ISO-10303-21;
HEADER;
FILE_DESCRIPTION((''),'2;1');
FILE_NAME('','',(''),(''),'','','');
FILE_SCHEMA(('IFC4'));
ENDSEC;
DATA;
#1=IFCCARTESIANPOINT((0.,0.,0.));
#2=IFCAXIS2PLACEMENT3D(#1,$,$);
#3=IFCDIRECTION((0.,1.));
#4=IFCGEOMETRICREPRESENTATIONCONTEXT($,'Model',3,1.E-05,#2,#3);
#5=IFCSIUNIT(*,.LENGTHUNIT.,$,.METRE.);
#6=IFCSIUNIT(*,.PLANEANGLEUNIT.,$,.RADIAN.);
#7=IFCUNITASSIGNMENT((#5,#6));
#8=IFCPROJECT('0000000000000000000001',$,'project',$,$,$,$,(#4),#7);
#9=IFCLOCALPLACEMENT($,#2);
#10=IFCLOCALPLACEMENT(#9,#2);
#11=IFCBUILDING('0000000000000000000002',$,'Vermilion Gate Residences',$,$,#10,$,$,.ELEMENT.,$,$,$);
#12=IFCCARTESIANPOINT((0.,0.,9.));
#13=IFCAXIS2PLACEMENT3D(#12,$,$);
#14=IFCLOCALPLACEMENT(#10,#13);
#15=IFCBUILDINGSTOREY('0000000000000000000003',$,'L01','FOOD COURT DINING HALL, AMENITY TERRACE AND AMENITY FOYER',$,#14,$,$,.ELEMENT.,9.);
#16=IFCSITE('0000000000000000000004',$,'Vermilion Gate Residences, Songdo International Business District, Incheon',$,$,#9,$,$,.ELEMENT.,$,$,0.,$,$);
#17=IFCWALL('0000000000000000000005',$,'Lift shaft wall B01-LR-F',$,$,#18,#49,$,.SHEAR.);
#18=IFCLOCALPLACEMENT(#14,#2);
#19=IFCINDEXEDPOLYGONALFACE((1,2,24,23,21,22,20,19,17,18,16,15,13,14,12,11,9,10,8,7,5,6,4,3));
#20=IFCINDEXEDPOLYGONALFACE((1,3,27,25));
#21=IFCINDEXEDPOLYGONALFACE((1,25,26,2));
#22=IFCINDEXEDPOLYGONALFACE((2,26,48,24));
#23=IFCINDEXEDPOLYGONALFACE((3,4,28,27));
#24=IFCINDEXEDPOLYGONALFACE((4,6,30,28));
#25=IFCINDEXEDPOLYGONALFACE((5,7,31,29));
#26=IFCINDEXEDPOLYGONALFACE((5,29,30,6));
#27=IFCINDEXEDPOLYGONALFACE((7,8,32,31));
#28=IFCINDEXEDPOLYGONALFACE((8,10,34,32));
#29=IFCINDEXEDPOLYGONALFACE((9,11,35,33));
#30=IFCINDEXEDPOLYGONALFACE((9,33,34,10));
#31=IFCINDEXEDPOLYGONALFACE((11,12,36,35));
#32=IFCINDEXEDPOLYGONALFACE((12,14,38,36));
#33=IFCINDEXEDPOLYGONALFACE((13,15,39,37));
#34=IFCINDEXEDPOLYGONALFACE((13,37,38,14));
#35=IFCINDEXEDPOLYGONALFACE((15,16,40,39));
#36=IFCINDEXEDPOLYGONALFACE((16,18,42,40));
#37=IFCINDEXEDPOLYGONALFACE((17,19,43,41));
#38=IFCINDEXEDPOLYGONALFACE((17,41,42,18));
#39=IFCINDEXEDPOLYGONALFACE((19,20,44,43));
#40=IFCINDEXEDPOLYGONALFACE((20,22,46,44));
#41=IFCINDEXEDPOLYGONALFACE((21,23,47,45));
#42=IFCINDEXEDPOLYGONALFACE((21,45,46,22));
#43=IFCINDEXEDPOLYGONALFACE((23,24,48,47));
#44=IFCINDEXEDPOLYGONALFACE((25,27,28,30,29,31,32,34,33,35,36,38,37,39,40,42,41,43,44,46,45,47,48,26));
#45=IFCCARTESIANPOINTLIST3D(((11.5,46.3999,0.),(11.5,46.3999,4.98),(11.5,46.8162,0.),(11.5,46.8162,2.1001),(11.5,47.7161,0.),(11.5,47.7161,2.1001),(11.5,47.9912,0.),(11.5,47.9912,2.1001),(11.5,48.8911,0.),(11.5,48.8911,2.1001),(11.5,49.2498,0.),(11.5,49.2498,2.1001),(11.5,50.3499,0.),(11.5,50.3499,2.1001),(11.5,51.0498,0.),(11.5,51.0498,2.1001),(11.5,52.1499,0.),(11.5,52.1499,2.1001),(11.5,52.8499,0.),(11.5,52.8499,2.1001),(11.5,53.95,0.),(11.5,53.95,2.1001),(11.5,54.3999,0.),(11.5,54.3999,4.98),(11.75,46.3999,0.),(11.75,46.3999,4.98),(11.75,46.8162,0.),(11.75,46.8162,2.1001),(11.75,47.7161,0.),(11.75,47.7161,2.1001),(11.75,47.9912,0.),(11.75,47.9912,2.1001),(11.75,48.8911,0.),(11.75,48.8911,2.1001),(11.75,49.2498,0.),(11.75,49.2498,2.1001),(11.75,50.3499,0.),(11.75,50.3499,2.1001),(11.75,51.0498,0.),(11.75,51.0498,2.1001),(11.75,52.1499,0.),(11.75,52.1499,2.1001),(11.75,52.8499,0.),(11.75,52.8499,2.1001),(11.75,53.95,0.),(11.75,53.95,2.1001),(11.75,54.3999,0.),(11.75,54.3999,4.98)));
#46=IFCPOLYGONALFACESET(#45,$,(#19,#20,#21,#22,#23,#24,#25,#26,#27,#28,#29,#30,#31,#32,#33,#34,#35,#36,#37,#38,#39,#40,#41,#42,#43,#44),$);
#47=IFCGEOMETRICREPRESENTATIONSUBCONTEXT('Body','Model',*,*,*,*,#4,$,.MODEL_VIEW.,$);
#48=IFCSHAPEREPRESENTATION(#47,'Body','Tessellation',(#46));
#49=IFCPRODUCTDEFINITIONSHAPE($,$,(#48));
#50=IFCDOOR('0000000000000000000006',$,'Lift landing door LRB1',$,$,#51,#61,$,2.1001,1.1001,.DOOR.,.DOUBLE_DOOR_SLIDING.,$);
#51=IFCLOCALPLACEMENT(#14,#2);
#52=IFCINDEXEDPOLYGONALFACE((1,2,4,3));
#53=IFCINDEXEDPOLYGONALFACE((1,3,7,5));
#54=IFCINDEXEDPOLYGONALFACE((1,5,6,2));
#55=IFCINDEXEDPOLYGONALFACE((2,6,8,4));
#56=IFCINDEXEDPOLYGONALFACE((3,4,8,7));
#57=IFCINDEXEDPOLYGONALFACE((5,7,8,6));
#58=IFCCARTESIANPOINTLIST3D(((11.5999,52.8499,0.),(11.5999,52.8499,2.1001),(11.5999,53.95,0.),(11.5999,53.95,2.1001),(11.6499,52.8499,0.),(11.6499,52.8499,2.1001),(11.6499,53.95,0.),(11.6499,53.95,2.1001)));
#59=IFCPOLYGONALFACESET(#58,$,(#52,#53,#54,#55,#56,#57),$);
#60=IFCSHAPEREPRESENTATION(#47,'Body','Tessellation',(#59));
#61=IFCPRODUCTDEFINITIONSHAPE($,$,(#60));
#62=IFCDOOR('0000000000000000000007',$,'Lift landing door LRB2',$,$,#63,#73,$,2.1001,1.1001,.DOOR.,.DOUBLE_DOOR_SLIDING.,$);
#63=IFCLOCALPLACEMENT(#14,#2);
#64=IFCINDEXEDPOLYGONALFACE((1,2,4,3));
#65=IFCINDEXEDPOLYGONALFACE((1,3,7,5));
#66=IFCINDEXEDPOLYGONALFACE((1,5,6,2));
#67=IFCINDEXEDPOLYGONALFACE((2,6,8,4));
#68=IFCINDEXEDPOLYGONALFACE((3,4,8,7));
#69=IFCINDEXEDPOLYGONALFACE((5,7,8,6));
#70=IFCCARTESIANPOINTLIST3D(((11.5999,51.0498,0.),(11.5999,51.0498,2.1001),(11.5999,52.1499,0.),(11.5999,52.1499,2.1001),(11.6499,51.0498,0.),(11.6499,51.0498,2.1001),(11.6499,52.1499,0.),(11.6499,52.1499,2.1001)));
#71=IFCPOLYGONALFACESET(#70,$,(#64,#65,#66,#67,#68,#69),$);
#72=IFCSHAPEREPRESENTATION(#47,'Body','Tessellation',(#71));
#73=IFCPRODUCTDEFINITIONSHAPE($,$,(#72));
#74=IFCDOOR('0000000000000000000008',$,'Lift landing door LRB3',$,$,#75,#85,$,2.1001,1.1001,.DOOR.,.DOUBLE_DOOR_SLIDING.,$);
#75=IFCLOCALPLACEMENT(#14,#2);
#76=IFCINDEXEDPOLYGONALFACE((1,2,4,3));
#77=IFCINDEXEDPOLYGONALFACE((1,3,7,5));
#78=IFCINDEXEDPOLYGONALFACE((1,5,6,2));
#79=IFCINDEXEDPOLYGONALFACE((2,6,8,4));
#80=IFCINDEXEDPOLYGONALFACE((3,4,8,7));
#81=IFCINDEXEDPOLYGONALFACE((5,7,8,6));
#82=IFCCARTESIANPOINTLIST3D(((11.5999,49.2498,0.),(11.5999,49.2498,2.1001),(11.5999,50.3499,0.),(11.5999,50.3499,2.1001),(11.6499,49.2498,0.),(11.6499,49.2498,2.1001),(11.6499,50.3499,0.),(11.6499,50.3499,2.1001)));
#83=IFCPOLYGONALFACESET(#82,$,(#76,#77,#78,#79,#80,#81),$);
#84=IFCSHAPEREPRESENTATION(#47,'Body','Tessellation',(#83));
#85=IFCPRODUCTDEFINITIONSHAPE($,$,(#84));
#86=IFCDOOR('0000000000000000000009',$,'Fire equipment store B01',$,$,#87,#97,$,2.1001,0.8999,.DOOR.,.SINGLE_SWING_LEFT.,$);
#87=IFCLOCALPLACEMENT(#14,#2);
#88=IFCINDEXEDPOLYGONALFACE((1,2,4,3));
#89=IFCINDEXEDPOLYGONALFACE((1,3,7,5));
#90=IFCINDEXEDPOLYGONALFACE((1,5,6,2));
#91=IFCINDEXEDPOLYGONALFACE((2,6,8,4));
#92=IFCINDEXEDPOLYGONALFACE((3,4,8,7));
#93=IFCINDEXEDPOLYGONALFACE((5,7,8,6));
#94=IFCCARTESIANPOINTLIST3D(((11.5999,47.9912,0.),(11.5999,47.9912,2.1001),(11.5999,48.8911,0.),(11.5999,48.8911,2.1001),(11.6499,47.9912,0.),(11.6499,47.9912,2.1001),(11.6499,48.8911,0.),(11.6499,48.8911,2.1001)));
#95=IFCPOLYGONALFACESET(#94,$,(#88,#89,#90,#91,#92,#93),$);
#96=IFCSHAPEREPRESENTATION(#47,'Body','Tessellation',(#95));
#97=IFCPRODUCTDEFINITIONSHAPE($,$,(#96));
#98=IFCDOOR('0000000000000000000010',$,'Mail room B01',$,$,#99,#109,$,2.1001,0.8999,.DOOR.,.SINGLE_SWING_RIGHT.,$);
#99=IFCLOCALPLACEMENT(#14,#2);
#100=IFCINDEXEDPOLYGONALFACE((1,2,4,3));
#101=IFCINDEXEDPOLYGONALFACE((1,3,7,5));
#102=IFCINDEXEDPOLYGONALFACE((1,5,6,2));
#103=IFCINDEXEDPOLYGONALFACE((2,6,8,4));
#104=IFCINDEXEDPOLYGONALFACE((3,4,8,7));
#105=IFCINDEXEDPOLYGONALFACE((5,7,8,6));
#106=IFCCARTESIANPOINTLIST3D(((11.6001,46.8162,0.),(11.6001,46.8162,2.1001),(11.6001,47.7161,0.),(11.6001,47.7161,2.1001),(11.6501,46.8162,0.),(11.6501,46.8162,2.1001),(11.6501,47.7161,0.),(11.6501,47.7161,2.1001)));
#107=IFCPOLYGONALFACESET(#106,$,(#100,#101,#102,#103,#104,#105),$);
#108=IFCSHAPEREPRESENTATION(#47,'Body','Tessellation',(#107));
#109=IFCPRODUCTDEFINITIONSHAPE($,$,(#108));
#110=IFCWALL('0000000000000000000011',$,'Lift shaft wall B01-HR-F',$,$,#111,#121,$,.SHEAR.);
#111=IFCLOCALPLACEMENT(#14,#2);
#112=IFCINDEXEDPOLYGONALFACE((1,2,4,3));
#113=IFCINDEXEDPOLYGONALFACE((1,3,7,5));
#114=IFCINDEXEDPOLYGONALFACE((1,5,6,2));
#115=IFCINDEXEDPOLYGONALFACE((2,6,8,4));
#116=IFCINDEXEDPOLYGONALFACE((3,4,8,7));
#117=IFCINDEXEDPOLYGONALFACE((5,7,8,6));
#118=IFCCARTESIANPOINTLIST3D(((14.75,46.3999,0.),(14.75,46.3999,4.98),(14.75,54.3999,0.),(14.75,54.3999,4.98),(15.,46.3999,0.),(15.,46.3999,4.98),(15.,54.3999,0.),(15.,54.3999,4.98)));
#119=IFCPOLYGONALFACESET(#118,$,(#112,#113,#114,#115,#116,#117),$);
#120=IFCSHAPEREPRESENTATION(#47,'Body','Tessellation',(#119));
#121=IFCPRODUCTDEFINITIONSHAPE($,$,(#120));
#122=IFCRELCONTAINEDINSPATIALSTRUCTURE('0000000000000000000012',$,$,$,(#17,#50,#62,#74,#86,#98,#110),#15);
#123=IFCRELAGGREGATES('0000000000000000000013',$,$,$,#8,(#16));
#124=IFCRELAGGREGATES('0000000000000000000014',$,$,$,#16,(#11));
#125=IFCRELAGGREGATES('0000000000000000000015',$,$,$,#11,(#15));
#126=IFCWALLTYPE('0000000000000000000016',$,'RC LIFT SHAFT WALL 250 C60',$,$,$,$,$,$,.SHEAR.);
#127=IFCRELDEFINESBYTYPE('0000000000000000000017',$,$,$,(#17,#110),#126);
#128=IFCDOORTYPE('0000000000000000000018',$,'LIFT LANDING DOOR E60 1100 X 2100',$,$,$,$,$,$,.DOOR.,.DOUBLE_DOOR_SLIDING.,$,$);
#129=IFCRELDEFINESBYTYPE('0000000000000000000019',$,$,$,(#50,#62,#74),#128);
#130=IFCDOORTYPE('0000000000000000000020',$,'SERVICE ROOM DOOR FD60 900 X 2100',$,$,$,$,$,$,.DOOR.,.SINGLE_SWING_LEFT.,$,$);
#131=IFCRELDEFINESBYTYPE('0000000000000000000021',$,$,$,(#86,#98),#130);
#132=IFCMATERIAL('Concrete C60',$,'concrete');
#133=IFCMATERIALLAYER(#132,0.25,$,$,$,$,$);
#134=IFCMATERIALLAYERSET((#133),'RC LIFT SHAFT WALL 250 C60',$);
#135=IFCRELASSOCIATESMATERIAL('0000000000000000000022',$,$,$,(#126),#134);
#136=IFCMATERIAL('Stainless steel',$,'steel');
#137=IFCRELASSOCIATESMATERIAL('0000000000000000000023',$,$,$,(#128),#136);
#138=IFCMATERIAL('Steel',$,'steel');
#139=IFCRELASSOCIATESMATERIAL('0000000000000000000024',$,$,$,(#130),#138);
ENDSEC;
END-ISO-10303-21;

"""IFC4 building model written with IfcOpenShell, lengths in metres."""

from ifc_helpers import new_model, si_unit, direction, frame, frame_2d, origin, place, context, subcontext, project, spatial, rectangle, extrude, material, layer, layer_set, type_object, element, fill, save


model = new_model("IFC4")

# Units and contexts
model_context = context("Model", 3, precision=1e-05, world=origin(), true_north=direction((0.0, 1.0)))
body_context = subcontext(model_context, "Body", "Model", "MODEL_VIEW")
ifc_project = project(units=[si_unit("LENGTHUNIT", "METRE"), si_unit("PLANEANGLEUNIT", "RADIAN")], contexts=[model_context])

# Site, building, storey
site_placement = place(None, origin())
site = spatial("IfcSite", under=ifc_project, at=site_placement, Name="Vermilion Gate Residences, Songdo International Business District, Incheon", CompositionType="ELEMENT", RefElevation=0.0)
building_placement = place(site_placement, origin())
building = spatial("IfcBuilding", under=site, at=building_placement, Name="Vermilion Gate Residences", CompositionType="ELEMENT")
storey_placement = place(building_placement, frame((0.0, 0.0, 9.0)))
storey = spatial("IfcBuildingStorey", under=building, at=storey_placement, Name="L01", Description="FOOD COURT DINING HALL, AMENITY TERRACE AND AMENITY FOYER", CompositionType="ELEMENT", Elevation=9.0)

# Wall, openings, doors
ifc_material_1 = material(Name="Concrete C60", Category="concrete")
ifc_layer_1 = layer(ifc_material_1, 0.25)
ifc_layer_set_1 = layer_set([ifc_layer_1], Name="RC LIFT SHAFT WALL 250 C60")
wall_type_1 = type_object("IfcWallType", Name="RC LIFT SHAFT WALL 250 C60", PredefinedType="SHEAR", material=ifc_layer_set_1)
wall_1_placement = place(storey_placement, frame((11.625, 54.3999, 0.0), z_axis=(0.0, 0.0, 1.0), x_axis=(0.0, -1.0, 0.0)))
wall_1 = element("IfcWall", 1, at=wall_1_placement, inside=storey, type_object=wall_type_1, Name="Lift shaft wall B01-LR-F", PredefinedType="SHEAR", context=body_context, shape_type="SweptSolid", body=[
    extrude(rectangle(XDim=8.0, YDim=0.25, at=frame_2d((4.0, 0.0))), origin(), (0.0, 0.0, 1.0), 4.98),
])
opening_1_placement = place(wall_1_placement, frame((0.45, 0.0, 0.0)))
opening_1 = element("IfcOpeningElement", 2, at=opening_1_placement, cuts=wall_1, PredefinedType="OPENING", context=body_context, shape_type="SweptSolid", body=[
    extrude(rectangle(XDim=1.1001, YDim=2.1001, at=frame_2d((0.55, 1.05))), frame((0.0, 0.135, 0.0), z_axis=(0.0, -1.0, 0.0), x_axis=(1.0, 0.0, 0.0)), (0.0, 0.0, 1.0), 0.27),
])
opening_2_placement = place(wall_1_placement, frame((2.25, 0.0, 0.0)))
opening_2 = element("IfcOpeningElement", 3, at=opening_2_placement, cuts=wall_1, PredefinedType="OPENING", context=body_context, shape_type="SweptSolid", body=[
    extrude(rectangle(XDim=1.1001, YDim=2.1001, at=frame_2d((0.55, 1.05))), frame((0.0, 0.135, 0.0), z_axis=(0.0, -1.0, 0.0), x_axis=(1.0, 0.0, 0.0)), (0.0, 0.0, 1.0), 0.27),
])
opening_3_placement = place(wall_1_placement, frame((4.05, 0.0, 0.0)))
opening_3 = element("IfcOpeningElement", 4, at=opening_3_placement, cuts=wall_1, PredefinedType="OPENING", context=body_context, shape_type="SweptSolid", body=[
    extrude(rectangle(XDim=1.1001, YDim=2.1001, at=frame_2d((0.55, 1.05))), frame((0.0, 0.135, 0.0), z_axis=(0.0, -1.0, 0.0), x_axis=(1.0, 0.0, 0.0)), (0.0, 0.0, 1.0), 0.27),
])
opening_4_placement = place(wall_1_placement, frame((5.5088, 0.0, 0.0)))
opening_4 = element("IfcOpeningElement", 5, at=opening_4_placement, cuts=wall_1, PredefinedType="OPENING", context=body_context, shape_type="SweptSolid", body=[
    extrude(rectangle(XDim=0.8999, YDim=2.1001, at=frame_2d((0.45, 1.05))), frame((0.0, 0.135, 0.0), z_axis=(0.0, -1.0, 0.0), x_axis=(1.0, 0.0, 0.0)), (0.0, 0.0, 1.0), 0.27),
])
opening_5_placement = place(wall_1_placement, frame((6.6838, 0.0, 0.0)))
opening_5 = element("IfcOpeningElement", 6, at=opening_5_placement, cuts=wall_1, PredefinedType="OPENING", context=body_context, shape_type="SweptSolid", body=[
    extrude(rectangle(XDim=0.8999, YDim=2.1001, at=frame_2d((0.45, 1.05))), frame((0.0, 0.135, 0.0), z_axis=(0.0, -1.0, 0.0), x_axis=(1.0, 0.0, 0.0)), (0.0, 0.0, 1.0), 0.27),
])
ifc_material_2 = material(Name="Stainless steel", Category="steel")
door_type_1 = type_object("IfcDoorType", Name="LIFT LANDING DOOR E60 1100 X 2100", OperationType="DOUBLE_DOOR_SLIDING", PredefinedType="DOOR", material=ifc_material_2)
door_1_placement = place(opening_1_placement, origin())
door_1 = element("IfcDoor", 7, at=door_1_placement, inside=storey, type_object=door_type_1, Name="Lift landing door LRB1", OperationType="DOUBLE_DOOR_SLIDING", OverallHeight=2.1001, OverallWidth=1.1001, PredefinedType="DOOR", context=body_context, shape_type="SweptSolid", body=[
    extrude(rectangle(XDim=1.1001, YDim=2.1001, at=frame_2d((0.55, 1.05))), frame((0.0, 0.0249, 0.0), z_axis=(0.0, -1.0, 0.0), x_axis=(1.0, 0.0, 0.0)), (0.0, 0.0, 1.0), 0.05),
])
fill(opening_1, door_1)
door_2_placement = place(opening_2_placement, origin())
door_2 = element("IfcDoor", 8, at=door_2_placement, inside=storey, type_object=door_type_1, Name="Lift landing door LRB2", OperationType="DOUBLE_DOOR_SLIDING", OverallHeight=2.1001, OverallWidth=1.1001, PredefinedType="DOOR", context=body_context, shape_type="SweptSolid", body=[
    extrude(rectangle(XDim=1.1001, YDim=2.1001, at=frame_2d((0.55, 1.05))), frame((0.0, 0.0249, 0.0), z_axis=(0.0, -1.0, 0.0), x_axis=(1.0, 0.0, 0.0)), (0.0, 0.0, 1.0), 0.05),
])
fill(opening_2, door_2)
door_3_placement = place(opening_3_placement, origin())
door_3 = element("IfcDoor", 9, at=door_3_placement, inside=storey, type_object=door_type_1, Name="Lift landing door LRB3", OperationType="DOUBLE_DOOR_SLIDING", OverallHeight=2.1001, OverallWidth=1.1001, PredefinedType="DOOR", context=body_context, shape_type="SweptSolid", body=[
    extrude(rectangle(XDim=1.1001, YDim=2.1001, at=frame_2d((0.55, 1.05))), frame((0.0, 0.0249, 0.0), z_axis=(0.0, -1.0, 0.0), x_axis=(1.0, 0.0, 0.0)), (0.0, 0.0, 1.0), 0.05),
])
fill(opening_3, door_3)
ifc_material_3 = material(Name="Steel", Category="steel")
door_type_2 = type_object("IfcDoorType", Name="SERVICE ROOM DOOR FD60 900 X 2100", OperationType="SINGLE_SWING_LEFT", PredefinedType="DOOR", material=ifc_material_3)
door_4_placement = place(opening_4_placement, origin())
door_4 = element("IfcDoor", 10, at=door_4_placement, inside=storey, type_object=door_type_2, Name="Fire equipment store B01", OperationType="SINGLE_SWING_LEFT", OverallHeight=2.1001, OverallWidth=0.8999, PredefinedType="DOOR", context=body_context, shape_type="SweptSolid", body=[
    extrude(rectangle(XDim=0.8999, YDim=2.1001, at=frame_2d((0.45, 1.05))), frame((0.0, 0.0249, 0.0), z_axis=(0.0, -1.0, 0.0), x_axis=(1.0, 0.0, 0.0)), (0.0, 0.0, 1.0), 0.05),
])
fill(opening_4, door_4)
door_5_placement = place(opening_5_placement, frame((0.8999, 0.0, 0.0), z_axis=(0.0, 0.0, 1.0), x_axis=(-1.0, 0.0, 0.0)))
door_5 = element("IfcDoor", 11, at=door_5_placement, inside=storey, type_object=door_type_2, Name="Mail room B01", OperationType="SINGLE_SWING_RIGHT", OverallHeight=2.1001, OverallWidth=0.8999, PredefinedType="DOOR", context=body_context, shape_type="SweptSolid", body=[
    extrude(rectangle(XDim=0.8999, YDim=2.1001, at=frame_2d((0.45, 1.05))), frame((0.0, 0.0249, 0.0), z_axis=(0.0, -1.0, 0.0), x_axis=(1.0, 0.0, 0.0)), (0.0, 0.0, 1.0), 0.05),
])
fill(opening_5, door_5)

# Wall
wall_2_placement = place(storey_placement, frame((14.875, 54.3999, 0.0), z_axis=(0.0, 0.0, 1.0), x_axis=(0.0, -1.0, 0.0)))
element("IfcWall", 12, at=wall_2_placement, inside=storey, type_object=wall_type_1, Name="Lift shaft wall B01-HR-F", PredefinedType="SHEAR", context=body_context, shape_type="SweptSolid", body=[
    extrude(rectangle(XDim=8.0, YDim=0.25, at=frame_2d((4.0, 0.0))), origin(), (0.0, 0.0, 1.0), 4.98),
])

save(model, "model.ifc")
